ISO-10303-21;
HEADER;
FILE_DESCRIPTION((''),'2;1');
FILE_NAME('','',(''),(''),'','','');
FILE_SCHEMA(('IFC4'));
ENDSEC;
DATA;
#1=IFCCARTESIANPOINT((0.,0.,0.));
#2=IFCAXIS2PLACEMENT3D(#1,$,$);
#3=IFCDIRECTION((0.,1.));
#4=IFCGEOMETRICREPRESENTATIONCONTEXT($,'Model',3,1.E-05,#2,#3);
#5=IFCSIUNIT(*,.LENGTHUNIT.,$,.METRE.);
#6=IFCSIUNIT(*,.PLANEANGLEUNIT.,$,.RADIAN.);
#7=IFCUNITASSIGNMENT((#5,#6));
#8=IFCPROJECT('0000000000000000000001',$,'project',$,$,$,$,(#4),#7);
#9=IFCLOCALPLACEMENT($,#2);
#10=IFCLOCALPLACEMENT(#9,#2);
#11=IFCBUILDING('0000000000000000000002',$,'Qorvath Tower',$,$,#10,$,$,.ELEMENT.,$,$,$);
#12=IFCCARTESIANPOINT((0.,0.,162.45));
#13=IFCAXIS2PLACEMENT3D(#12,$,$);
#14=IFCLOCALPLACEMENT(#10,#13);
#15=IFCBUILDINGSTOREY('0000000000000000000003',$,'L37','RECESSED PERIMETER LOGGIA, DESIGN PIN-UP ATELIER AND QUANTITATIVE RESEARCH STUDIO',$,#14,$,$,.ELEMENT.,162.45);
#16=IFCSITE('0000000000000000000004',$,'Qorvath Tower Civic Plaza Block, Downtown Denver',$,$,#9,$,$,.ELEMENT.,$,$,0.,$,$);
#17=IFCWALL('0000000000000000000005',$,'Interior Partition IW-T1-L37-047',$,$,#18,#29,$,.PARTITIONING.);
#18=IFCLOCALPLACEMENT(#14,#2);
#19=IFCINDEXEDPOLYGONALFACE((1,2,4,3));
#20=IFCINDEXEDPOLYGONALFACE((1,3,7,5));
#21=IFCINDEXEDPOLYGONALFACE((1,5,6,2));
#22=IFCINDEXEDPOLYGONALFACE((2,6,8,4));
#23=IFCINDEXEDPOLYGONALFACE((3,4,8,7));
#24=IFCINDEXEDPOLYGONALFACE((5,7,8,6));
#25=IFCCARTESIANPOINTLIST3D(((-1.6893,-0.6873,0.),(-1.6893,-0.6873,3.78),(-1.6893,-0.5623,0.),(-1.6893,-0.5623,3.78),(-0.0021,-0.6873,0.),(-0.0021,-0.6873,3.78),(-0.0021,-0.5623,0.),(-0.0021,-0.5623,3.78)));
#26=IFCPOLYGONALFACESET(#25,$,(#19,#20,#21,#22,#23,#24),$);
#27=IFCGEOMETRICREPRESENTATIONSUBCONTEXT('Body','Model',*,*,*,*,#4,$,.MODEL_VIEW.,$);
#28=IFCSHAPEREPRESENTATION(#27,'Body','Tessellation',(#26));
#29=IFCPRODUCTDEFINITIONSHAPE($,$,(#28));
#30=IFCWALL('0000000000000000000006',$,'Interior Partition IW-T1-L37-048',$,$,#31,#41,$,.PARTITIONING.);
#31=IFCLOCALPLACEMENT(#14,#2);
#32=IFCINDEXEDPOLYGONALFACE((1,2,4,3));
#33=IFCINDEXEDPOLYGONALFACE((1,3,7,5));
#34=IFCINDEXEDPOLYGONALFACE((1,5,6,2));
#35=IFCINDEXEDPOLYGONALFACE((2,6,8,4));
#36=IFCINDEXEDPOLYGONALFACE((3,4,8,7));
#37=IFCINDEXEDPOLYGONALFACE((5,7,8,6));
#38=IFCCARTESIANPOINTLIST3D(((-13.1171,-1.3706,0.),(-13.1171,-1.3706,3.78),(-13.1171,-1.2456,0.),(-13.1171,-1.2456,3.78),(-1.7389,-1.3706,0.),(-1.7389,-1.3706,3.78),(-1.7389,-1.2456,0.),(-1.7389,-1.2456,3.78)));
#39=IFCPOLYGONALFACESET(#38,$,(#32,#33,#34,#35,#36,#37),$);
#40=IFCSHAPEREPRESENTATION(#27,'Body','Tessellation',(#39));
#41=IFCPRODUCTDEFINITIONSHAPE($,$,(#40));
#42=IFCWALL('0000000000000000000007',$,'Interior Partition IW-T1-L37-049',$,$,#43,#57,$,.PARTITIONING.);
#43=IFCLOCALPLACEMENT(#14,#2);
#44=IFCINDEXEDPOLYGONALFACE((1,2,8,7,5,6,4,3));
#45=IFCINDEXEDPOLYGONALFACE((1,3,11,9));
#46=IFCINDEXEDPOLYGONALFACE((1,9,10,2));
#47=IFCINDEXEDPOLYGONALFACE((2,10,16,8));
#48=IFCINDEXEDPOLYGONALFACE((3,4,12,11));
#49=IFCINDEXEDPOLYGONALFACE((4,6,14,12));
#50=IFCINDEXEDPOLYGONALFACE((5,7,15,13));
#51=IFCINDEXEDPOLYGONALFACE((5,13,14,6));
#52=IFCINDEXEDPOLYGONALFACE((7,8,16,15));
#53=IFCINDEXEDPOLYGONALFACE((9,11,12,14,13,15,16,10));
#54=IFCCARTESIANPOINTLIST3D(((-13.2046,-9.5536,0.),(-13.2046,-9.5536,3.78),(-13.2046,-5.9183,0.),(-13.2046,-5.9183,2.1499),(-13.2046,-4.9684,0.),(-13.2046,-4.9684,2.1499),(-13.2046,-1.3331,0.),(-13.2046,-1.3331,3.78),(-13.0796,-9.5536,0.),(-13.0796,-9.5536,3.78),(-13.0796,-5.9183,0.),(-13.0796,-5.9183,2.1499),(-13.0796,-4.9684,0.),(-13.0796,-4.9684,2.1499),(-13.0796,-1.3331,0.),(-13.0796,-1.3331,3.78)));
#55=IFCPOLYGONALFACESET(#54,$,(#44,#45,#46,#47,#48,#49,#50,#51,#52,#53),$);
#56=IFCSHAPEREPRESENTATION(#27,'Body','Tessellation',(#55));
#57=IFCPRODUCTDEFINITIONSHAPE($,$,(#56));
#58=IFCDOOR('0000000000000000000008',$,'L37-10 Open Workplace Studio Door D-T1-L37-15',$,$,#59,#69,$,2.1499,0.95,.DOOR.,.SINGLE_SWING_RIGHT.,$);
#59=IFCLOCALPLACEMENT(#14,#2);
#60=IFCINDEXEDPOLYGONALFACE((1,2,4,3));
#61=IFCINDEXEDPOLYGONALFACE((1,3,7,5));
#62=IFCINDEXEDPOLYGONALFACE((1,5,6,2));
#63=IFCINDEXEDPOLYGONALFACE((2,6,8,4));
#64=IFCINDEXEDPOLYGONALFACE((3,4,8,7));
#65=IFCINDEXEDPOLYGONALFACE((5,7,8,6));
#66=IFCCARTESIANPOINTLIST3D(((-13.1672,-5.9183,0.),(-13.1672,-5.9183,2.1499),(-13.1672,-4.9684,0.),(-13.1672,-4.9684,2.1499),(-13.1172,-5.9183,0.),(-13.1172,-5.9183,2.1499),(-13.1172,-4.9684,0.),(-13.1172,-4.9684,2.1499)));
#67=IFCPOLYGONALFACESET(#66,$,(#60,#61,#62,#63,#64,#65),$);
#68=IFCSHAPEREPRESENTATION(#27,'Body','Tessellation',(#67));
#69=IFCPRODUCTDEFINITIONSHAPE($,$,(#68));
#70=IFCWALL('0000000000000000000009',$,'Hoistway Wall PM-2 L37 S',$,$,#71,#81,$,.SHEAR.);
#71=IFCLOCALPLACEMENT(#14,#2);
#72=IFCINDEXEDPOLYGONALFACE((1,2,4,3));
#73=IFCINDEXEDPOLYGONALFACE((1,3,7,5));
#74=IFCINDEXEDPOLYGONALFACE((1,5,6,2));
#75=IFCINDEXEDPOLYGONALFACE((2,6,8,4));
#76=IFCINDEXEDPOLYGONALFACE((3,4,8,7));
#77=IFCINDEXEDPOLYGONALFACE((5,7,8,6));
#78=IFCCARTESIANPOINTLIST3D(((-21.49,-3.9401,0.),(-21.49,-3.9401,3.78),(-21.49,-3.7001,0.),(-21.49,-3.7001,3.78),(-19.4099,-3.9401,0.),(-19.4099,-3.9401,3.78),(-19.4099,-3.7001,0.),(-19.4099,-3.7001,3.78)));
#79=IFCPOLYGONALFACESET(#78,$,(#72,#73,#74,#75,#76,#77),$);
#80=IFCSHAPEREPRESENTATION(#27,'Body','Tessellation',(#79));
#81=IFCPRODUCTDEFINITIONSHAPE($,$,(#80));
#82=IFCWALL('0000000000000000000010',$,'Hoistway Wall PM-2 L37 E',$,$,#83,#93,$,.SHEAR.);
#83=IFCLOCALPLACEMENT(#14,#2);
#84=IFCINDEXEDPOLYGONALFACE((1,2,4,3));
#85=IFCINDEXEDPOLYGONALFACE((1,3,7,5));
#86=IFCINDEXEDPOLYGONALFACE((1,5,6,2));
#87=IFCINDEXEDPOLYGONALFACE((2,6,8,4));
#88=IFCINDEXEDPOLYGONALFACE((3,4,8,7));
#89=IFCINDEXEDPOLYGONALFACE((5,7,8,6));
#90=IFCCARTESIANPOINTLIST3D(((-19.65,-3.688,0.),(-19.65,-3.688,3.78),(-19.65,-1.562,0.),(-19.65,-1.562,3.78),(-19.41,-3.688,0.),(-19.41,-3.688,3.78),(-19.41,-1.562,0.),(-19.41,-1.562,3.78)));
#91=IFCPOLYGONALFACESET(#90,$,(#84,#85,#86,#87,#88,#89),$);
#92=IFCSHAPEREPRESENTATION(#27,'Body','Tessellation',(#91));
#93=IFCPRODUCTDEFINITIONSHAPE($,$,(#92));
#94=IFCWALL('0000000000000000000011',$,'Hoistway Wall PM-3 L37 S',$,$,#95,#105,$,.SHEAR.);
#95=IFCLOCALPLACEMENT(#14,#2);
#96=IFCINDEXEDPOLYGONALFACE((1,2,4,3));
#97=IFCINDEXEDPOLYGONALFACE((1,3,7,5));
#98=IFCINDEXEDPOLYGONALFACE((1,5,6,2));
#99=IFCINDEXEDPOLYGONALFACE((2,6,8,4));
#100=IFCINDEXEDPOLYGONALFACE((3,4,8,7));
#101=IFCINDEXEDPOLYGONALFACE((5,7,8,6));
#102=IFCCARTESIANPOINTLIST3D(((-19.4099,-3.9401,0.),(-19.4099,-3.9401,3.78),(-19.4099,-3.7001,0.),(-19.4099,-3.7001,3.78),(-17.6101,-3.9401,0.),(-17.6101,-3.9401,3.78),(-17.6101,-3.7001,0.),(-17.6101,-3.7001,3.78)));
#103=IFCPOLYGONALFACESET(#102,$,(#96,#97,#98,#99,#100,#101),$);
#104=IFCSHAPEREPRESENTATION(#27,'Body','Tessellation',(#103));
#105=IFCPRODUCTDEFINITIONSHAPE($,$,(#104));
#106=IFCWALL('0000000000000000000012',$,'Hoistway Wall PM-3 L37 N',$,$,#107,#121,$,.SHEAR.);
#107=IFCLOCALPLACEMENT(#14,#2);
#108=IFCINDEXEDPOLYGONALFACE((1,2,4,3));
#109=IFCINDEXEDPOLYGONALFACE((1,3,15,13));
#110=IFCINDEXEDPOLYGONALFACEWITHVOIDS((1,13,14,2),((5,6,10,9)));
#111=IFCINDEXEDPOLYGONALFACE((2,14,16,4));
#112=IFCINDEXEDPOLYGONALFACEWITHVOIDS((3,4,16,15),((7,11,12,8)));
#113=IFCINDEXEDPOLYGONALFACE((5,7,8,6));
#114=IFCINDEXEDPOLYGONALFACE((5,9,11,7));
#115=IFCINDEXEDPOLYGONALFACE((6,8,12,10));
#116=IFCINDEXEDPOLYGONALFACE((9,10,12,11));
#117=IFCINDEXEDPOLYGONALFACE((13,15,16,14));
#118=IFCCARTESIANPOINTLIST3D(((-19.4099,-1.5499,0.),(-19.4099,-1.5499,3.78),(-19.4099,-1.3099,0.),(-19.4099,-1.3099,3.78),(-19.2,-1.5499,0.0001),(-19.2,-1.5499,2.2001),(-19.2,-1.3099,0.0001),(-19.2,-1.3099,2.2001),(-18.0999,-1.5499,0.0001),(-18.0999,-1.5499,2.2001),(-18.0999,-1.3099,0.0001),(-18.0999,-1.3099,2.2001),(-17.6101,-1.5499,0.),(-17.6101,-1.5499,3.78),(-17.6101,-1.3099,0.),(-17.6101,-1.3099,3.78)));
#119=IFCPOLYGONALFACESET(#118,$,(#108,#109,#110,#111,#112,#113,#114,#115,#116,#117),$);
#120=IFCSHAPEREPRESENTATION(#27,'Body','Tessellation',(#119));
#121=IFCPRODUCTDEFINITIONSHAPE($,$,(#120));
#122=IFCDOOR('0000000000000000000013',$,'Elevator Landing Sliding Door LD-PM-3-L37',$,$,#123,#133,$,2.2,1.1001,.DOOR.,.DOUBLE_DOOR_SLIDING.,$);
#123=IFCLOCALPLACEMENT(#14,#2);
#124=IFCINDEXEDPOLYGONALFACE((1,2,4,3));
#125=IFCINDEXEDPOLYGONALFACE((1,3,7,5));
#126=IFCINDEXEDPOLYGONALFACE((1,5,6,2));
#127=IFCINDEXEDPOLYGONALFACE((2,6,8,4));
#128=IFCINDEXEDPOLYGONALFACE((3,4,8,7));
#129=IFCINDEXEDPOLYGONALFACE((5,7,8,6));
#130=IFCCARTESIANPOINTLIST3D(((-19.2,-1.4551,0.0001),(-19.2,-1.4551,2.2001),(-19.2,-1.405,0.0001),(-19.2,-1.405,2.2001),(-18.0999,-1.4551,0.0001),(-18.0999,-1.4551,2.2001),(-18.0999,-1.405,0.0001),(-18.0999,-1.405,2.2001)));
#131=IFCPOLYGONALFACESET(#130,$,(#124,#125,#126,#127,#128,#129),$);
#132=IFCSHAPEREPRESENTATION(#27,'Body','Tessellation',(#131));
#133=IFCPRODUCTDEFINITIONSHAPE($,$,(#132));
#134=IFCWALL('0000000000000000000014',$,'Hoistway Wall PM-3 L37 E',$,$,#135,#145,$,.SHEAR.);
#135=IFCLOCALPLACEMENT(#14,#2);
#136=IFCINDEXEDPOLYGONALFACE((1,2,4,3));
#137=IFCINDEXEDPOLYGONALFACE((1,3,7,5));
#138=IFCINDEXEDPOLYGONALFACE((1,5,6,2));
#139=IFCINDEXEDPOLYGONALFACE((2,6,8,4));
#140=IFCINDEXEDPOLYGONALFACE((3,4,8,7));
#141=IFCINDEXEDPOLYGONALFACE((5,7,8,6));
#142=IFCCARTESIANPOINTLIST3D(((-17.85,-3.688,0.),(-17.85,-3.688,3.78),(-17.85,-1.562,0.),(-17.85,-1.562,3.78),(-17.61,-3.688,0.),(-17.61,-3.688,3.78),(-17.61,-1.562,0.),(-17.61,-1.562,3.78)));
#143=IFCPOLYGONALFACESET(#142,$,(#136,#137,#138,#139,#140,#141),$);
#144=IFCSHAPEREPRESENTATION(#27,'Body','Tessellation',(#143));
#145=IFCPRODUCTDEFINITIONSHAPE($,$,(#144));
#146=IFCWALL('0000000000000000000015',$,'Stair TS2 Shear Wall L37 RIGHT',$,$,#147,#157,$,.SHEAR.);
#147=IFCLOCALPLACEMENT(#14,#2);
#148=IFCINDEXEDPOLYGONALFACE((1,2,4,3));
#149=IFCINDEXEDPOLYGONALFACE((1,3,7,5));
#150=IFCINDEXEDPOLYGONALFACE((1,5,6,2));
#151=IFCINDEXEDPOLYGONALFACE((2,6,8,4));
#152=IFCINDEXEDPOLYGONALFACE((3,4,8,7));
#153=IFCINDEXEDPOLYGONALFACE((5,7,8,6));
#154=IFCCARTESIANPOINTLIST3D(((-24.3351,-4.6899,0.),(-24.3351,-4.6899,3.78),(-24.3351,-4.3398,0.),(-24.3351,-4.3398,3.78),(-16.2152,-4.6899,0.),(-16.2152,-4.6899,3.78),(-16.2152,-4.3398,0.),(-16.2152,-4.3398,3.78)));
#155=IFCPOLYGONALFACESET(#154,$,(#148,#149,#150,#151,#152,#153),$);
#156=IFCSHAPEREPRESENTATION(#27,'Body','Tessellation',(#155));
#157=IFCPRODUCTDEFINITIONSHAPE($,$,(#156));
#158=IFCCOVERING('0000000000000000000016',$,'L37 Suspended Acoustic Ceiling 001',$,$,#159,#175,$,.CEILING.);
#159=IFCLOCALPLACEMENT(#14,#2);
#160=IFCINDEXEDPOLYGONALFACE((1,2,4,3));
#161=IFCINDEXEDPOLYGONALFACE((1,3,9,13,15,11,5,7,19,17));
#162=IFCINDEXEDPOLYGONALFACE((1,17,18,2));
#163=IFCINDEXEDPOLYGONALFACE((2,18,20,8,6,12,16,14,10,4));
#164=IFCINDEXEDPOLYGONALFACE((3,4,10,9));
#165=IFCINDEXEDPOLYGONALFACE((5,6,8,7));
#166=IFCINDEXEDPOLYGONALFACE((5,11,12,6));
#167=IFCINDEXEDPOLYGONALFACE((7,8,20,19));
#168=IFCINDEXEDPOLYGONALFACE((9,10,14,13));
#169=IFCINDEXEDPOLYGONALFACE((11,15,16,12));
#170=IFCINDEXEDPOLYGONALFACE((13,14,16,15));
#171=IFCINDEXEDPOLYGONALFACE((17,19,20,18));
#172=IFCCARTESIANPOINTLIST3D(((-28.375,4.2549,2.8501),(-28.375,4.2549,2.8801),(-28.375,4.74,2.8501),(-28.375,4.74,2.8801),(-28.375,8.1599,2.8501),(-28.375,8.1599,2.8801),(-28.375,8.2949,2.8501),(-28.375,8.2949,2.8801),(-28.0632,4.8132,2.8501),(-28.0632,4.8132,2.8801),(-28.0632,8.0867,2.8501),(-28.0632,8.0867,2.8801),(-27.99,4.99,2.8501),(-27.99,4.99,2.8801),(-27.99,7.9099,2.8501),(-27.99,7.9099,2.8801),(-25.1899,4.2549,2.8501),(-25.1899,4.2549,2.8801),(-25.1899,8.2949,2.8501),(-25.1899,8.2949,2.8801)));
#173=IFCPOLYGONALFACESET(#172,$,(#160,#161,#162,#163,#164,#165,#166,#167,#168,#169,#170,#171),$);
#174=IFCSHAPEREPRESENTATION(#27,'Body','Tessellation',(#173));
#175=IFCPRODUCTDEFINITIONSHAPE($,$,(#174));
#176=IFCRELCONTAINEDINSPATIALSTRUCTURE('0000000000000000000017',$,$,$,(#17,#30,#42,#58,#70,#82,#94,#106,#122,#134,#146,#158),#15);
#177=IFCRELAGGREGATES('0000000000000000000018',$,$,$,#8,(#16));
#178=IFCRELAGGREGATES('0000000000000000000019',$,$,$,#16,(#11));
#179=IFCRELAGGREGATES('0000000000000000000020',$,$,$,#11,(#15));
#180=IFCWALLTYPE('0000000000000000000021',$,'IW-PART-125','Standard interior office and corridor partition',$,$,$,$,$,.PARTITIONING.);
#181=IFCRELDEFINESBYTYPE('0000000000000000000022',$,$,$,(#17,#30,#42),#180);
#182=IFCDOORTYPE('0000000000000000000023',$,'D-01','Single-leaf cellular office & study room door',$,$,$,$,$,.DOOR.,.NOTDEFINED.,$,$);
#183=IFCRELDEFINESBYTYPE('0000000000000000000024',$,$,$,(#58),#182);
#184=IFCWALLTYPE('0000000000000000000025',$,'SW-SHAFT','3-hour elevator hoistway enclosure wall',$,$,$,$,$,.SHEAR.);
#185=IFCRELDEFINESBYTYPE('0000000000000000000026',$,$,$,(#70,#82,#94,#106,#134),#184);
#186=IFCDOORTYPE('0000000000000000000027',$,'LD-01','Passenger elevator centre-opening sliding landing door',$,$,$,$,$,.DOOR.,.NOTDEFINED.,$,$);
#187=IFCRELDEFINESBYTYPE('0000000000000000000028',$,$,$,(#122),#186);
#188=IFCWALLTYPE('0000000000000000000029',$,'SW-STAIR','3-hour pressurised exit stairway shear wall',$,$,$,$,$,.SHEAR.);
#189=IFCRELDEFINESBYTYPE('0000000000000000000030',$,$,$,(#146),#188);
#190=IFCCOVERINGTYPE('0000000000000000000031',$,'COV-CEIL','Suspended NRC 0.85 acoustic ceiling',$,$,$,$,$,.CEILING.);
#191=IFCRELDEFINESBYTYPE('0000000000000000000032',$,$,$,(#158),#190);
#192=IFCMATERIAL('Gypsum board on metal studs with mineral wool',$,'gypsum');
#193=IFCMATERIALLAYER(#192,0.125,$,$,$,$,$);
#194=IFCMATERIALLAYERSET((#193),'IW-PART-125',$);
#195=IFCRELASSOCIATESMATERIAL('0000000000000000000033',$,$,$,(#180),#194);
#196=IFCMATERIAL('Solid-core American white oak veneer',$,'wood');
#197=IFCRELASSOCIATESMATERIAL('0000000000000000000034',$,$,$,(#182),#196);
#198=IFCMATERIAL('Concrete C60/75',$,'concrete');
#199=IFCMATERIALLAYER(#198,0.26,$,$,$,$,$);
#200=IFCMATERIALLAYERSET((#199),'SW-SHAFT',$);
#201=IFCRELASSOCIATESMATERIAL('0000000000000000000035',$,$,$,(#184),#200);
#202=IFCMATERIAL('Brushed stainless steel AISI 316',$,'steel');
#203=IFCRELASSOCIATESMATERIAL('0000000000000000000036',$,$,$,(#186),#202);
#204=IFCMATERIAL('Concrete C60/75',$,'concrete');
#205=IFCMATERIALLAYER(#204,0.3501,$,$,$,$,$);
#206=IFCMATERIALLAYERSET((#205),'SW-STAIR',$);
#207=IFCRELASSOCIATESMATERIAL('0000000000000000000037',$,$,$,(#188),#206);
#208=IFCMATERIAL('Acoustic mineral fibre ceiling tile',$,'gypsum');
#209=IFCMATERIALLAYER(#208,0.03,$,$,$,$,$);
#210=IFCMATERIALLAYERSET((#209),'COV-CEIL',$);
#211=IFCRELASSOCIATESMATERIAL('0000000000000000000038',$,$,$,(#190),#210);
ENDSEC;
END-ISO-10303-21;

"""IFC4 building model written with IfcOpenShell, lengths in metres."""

from ifc_helpers import new_model, si_unit, direction, frame, frame_2d, origin, place, context, subcontext, project, spatial, polyline, rectangle, outline, extrude, material, layer, layer_set, type_object, element, fill, save


model = new_model("IFC4")

# Units and contexts
model_context = context("Model", 3, precision=1e-05, world=origin(), true_north=direction((0.0, 1.0)))
body_context = subcontext(model_context, "Body", "Model", "MODEL_VIEW")
ifc_project = project(units=[si_unit("LENGTHUNIT", "METRE"), si_unit("PLANEANGLEUNIT", "RADIAN")], contexts=[model_context])

# Site, building, storey
site_placement = place(None, origin())
site = spatial("IfcSite", under=ifc_project, at=site_placement, Name="Qorvath Tower Civic Plaza Block, Downtown Denver", CompositionType="ELEMENT", RefElevation=0.0)
building_placement = place(site_placement, origin())
building = spatial("IfcBuilding", under=site, at=building_placement, Name="Qorvath Tower", CompositionType="ELEMENT")
storey_placement = place(building_placement, frame((0.0, 0.0, 162.45)))
storey = spatial("IfcBuildingStorey", under=building, at=storey_placement, Name="L37", Description="RECESSED PERIMETER LOGGIA, DESIGN PIN-UP ATELIER AND QUANTITATIVE RESEARCH STUDIO", CompositionType="ELEMENT", Elevation=162.45)

# Walls
ifc_material_1 = material(Name="Gypsum board on metal studs with mineral wool", Category="gypsum")
ifc_layer_1 = layer(ifc_material_1, 0.125)
ifc_layer_set_1 = layer_set([ifc_layer_1], Name="IW-PART-125")
wall_type_1 = type_object("IfcWallType", Name="IW-PART-125", Description="Standard interior office and corridor partition", PredefinedType="PARTITIONING", material=ifc_layer_set_1)
wall_1_placement = place(storey_placement, frame((-0.002, -0.6248, 0.0), z_axis=(0.0, 0.0, 1.0), x_axis=(-1.0, 0.0, 0.0)))
element("IfcWall", 1, at=wall_1_placement, inside=storey, type_object=wall_type_1, Name="Interior Partition IW-T1-L37-047", PredefinedType="PARTITIONING", context=body_context, shape_type="SweptSolid", body=[
    extrude(rectangle(XDim=1.6873, YDim=0.125, at=frame_2d((0.8438, 0.0))), origin(), (0.0, 0.0, 1.0), 3.78),
])
wall_2_placement = place(storey_placement, frame((-1.739, -1.3081, 0.0), z_axis=(0.0, 0.0, 1.0), x_axis=(-1.0, 0.0, 0.0)))
element("IfcWall", 2, at=wall_2_placement, inside=storey, type_object=wall_type_1, Name="Interior Partition IW-T1-L37-048", PredefinedType="PARTITIONING", context=body_context, shape_type="SweptSolid", body=[
    extrude(rectangle(XDim=11.3782, YDim=0.125, at=frame_2d((5.689, 0.0))), origin(), (0.0, 0.0, 1.0), 3.78),
])

# Wall, opening, door
wall_3_placement = place(storey_placement, frame((-13.1421, -1.333, 0.0), z_axis=(0.0, 0.0, 1.0), x_axis=(0.0, -1.0, 0.0)))
wall_3 = element("IfcWall", 3, at=wall_3_placement, inside=storey, type_object=wall_type_1, Name="Interior Partition IW-T1-L37-049", PredefinedType="PARTITIONING", context=body_context, shape_type="SweptSolid", body=[
    extrude(rectangle(XDim=8.2205, YDim=0.125, at=frame_2d((4.1104, 0.0))), origin(), (0.0, 0.0, 1.0), 3.78),
])
opening_1_placement = place(wall_3_placement, frame((3.6353, 0.0, 0.0)))
opening_1 = element("IfcOpeningElement", 4, at=opening_1_placement, cuts=wall_3, PredefinedType="OPENING", context=body_context, shape_type="SweptSolid", body=[
    extrude(rectangle(XDim=0.95, YDim=2.1499, at=frame_2d((0.4751, 1.075))), frame((0.0, 0.0725, 0.0), z_axis=(0.0, -1.0, 0.0), x_axis=(1.0, 0.0, 0.0)), (0.0, 0.0, 1.0), 0.145),
])
ifc_material_2 = material(Name="Solid-core American white oak veneer", Category="wood")
door_type_1 = type_object("IfcDoorType", Name="D-01", Description="Single-leaf cellular office & study room door", OperationType="NOTDEFINED", PredefinedType="DOOR", material=ifc_material_2)
door_1_placement = place(opening_1_placement, origin())
door_1 = element("IfcDoor", 5, at=door_1_placement, inside=storey, type_object=door_type_1, Name="L37-10 Open Workplace Studio Door D-T1-L37-15", OperationType="SINGLE_SWING_RIGHT", OverallHeight=2.1499, OverallWidth=0.95, PredefinedType="DOOR", context=body_context, shape_type="SweptSolid", body=[
    extrude(rectangle(XDim=0.95, YDim=2.1499, at=frame_2d((0.4751, 1.075))), frame((0.0, 0.0249, 0.0), z_axis=(0.0, -1.0, 0.0), x_axis=(1.0, 0.0, 0.0)), (0.0, 0.0, 1.0), 0.05),
])
fill(opening_1, door_1)

# Walls
ifc_material_3 = material(Name="Concrete C60/75", Category="concrete")
ifc_layer_2 = layer(ifc_material_3, 0.26)
ifc_layer_set_2 = layer_set([ifc_layer_2], Name="SW-SHAFT")
wall_type_2 = type_object("IfcWallType", Name="SW-SHAFT", Description="3-hour elevator hoistway enclosure wall", PredefinedType="SHEAR", material=ifc_layer_set_2)
wall_4_placement = place(storey_placement, frame((-19.4099, -3.8201, 0.0), z_axis=(0.0, 0.0, 1.0), x_axis=(-1.0, 0.0, 0.0)))
element("IfcWall", 6, at=wall_4_placement, inside=storey, type_object=wall_type_2, Name="Hoistway Wall PM-2 L37 S", PredefinedType="SHEAR", context=body_context, shape_type="SweptSolid", body=[
    extrude(rectangle(XDim=2.0801, YDim=0.24, at=frame_2d((1.04, 0.0))), origin(), (0.0, 0.0, 1.0), 3.78),
])
wall_5_placement = place(storey_placement, frame((-19.53, -1.562, 0.0), z_axis=(0.0, 0.0, 1.0), x_axis=(0.0, -1.0, 0.0)))
element("IfcWall", 7, at=wall_5_placement, inside=storey, type_object=wall_type_2, Name="Hoistway Wall PM-2 L37 E", PredefinedType="SHEAR", context=body_context, shape_type="SweptSolid", body=[
    extrude(rectangle(XDim=2.126, YDim=0.24, at=frame_2d((1.063, 0.0))), origin(), (0.0, 0.0, 1.0), 3.78),
])
wall_6_placement = place(storey_placement, frame((-17.6101, -3.8201, 0.0), z_axis=(0.0, 0.0, 1.0), x_axis=(-1.0, 0.0, 0.0)))
element("IfcWall", 8, at=wall_6_placement, inside=storey, type_object=wall_type_2, Name="Hoistway Wall PM-3 L37 S", PredefinedType="SHEAR", context=body_context, shape_type="SweptSolid", body=[
    extrude(rectangle(XDim=1.7998, YDim=0.24, at=frame_2d((0.8999, 0.0))), origin(), (0.0, 0.0, 1.0), 3.78),
])

# Wall, opening, door
wall_7_placement = place(storey_placement, frame((-19.4099, -1.4299, 0.0), z_axis=(0.0, 0.0, 1.0), x_axis=(1.0, 0.0, 0.0)))
wall_7 = element("IfcWall", 9, at=wall_7_placement, inside=storey, type_object=wall_type_2, Name="Hoistway Wall PM-3 L37 N", PredefinedType="SHEAR", context=body_context, shape_type="SweptSolid", body=[
    extrude(rectangle(XDim=1.7998, YDim=0.24, at=frame_2d((0.8999, 0.0))), origin(), (0.0, 0.0, 1.0), 3.78),
])
opening_2_placement = place(wall_7_placement, frame((0.21, 0.0, 0.0)))
opening_2 = element("IfcOpeningElement", 10, at=opening_2_placement, cuts=wall_7, PredefinedType="OPENING", context=body_context, shape_type="SweptSolid", body=[
    extrude(rectangle(XDim=1.1001, YDim=2.2, at=frame_2d((0.55, 1.1001))), frame((0.0, 0.1299, 0.0), z_axis=(0.0, -1.0, 0.0), x_axis=(1.0, 0.0, 0.0)), (0.0, 0.0, 1.0), 0.26),
])
ifc_material_4 = material(Name="Brushed stainless steel AISI 316", Category="steel")
door_type_2 = type_object("IfcDoorType", Name="LD-01", Description="Passenger elevator centre-opening sliding landing door", OperationType="NOTDEFINED", PredefinedType="DOOR", material=ifc_material_4)
door_2_placement = place(opening_2_placement, origin())
door_2 = element("IfcDoor", 11, at=door_2_placement, inside=storey, type_object=door_type_2, Name="Elevator Landing Sliding Door LD-PM-3-L37", OperationType="DOUBLE_DOOR_SLIDING", OverallHeight=2.2, OverallWidth=1.1001, PredefinedType="DOOR", context=body_context, shape_type="SweptSolid", body=[
    extrude(rectangle(XDim=1.1001, YDim=2.2, at=frame_2d((0.55, 1.1001))), frame((0.0, 0.0249, 0.0), z_axis=(0.0, -1.0, 0.0), x_axis=(1.0, 0.0, 0.0)), (0.0, 0.0, 1.0), 0.05),
])
fill(opening_2, door_2)

# Walls
wall_8_placement = place(storey_placement, frame((-17.73, -1.562, 0.0), z_axis=(0.0, 0.0, 1.0), x_axis=(0.0, -1.0, 0.0)))
element("IfcWall", 12, at=wall_8_placement, inside=storey, type_object=wall_type_2, Name="Hoistway Wall PM-3 L37 E", PredefinedType="SHEAR", context=body_context, shape_type="SweptSolid", body=[
    extrude(rectangle(XDim=2.126, YDim=0.24, at=frame_2d((1.063, 0.0))), origin(), (0.0, 0.0, 1.0), 3.78),
])
ifc_material_5 = material(Name="Concrete C60/75", Category="concrete")
ifc_layer_3 = layer(ifc_material_5, 0.3501)
ifc_layer_set_3 = layer_set([ifc_layer_3], Name="SW-STAIR")
wall_type_3 = type_object("IfcWallType", Name="SW-STAIR", Description="3-hour pressurised exit stairway shear wall", PredefinedType="SHEAR", material=ifc_layer_set_3)
wall_9_placement = place(storey_placement, frame((-16.2151, -4.5149, 0.0), z_axis=(0.0, 0.0, 1.0), x_axis=(-1.0, 0.0, 0.0)))
element("IfcWall", 13, at=wall_9_placement, inside=storey, type_object=wall_type_3, Name="Stair TS2 Shear Wall L37 RIGHT", PredefinedType="SHEAR", context=body_context, shape_type="SweptSolid", body=[
    extrude(rectangle(XDim=8.1199, YDim=0.3501, at=frame_2d((4.0601, 0.0))), origin(), (0.0, 0.0, 1.0), 3.78),
])

# Covering
ifc_material_6 = material(Name="Acoustic mineral fibre ceiling tile", Category="gypsum")
ifc_layer_4 = layer(ifc_material_6, 0.03)
ifc_layer_set_4 = layer_set([ifc_layer_4], Name="COV-CEIL")
covering_type_1 = type_object("IfcCoveringType", Name="COV-CEIL", Description="Suspended NRC 0.85 acoustic ceiling", PredefinedType="CEILING", material=ifc_layer_set_4)
covering_1_placement = place(storey_placement, frame((0.0, 0.0, 2.8501)))
element("IfcCovering", 14, at=covering_1_placement, inside=storey, type_object=covering_type_1, Name="L37 Suspended Acoustic Ceiling 001", PredefinedType="CEILING", context=body_context, shape_type="SweptSolid", body=[
    extrude(outline(polyline([(-25.1899, 4.2549), (-25.1899, 8.2949), (-28.375, 8.2949), (-28.375, 8.1599), (-28.0632, 8.0867), (-27.99, 7.9099), (-27.99, 4.99), (-28.0632, 4.8132), (-28.375, 4.74), (-28.375, 4.2549), (-25.1899, 4.2549)])), origin(), (0.0, 0.0, 1.0), 0.03),
])

save(model, "model.ifc")
